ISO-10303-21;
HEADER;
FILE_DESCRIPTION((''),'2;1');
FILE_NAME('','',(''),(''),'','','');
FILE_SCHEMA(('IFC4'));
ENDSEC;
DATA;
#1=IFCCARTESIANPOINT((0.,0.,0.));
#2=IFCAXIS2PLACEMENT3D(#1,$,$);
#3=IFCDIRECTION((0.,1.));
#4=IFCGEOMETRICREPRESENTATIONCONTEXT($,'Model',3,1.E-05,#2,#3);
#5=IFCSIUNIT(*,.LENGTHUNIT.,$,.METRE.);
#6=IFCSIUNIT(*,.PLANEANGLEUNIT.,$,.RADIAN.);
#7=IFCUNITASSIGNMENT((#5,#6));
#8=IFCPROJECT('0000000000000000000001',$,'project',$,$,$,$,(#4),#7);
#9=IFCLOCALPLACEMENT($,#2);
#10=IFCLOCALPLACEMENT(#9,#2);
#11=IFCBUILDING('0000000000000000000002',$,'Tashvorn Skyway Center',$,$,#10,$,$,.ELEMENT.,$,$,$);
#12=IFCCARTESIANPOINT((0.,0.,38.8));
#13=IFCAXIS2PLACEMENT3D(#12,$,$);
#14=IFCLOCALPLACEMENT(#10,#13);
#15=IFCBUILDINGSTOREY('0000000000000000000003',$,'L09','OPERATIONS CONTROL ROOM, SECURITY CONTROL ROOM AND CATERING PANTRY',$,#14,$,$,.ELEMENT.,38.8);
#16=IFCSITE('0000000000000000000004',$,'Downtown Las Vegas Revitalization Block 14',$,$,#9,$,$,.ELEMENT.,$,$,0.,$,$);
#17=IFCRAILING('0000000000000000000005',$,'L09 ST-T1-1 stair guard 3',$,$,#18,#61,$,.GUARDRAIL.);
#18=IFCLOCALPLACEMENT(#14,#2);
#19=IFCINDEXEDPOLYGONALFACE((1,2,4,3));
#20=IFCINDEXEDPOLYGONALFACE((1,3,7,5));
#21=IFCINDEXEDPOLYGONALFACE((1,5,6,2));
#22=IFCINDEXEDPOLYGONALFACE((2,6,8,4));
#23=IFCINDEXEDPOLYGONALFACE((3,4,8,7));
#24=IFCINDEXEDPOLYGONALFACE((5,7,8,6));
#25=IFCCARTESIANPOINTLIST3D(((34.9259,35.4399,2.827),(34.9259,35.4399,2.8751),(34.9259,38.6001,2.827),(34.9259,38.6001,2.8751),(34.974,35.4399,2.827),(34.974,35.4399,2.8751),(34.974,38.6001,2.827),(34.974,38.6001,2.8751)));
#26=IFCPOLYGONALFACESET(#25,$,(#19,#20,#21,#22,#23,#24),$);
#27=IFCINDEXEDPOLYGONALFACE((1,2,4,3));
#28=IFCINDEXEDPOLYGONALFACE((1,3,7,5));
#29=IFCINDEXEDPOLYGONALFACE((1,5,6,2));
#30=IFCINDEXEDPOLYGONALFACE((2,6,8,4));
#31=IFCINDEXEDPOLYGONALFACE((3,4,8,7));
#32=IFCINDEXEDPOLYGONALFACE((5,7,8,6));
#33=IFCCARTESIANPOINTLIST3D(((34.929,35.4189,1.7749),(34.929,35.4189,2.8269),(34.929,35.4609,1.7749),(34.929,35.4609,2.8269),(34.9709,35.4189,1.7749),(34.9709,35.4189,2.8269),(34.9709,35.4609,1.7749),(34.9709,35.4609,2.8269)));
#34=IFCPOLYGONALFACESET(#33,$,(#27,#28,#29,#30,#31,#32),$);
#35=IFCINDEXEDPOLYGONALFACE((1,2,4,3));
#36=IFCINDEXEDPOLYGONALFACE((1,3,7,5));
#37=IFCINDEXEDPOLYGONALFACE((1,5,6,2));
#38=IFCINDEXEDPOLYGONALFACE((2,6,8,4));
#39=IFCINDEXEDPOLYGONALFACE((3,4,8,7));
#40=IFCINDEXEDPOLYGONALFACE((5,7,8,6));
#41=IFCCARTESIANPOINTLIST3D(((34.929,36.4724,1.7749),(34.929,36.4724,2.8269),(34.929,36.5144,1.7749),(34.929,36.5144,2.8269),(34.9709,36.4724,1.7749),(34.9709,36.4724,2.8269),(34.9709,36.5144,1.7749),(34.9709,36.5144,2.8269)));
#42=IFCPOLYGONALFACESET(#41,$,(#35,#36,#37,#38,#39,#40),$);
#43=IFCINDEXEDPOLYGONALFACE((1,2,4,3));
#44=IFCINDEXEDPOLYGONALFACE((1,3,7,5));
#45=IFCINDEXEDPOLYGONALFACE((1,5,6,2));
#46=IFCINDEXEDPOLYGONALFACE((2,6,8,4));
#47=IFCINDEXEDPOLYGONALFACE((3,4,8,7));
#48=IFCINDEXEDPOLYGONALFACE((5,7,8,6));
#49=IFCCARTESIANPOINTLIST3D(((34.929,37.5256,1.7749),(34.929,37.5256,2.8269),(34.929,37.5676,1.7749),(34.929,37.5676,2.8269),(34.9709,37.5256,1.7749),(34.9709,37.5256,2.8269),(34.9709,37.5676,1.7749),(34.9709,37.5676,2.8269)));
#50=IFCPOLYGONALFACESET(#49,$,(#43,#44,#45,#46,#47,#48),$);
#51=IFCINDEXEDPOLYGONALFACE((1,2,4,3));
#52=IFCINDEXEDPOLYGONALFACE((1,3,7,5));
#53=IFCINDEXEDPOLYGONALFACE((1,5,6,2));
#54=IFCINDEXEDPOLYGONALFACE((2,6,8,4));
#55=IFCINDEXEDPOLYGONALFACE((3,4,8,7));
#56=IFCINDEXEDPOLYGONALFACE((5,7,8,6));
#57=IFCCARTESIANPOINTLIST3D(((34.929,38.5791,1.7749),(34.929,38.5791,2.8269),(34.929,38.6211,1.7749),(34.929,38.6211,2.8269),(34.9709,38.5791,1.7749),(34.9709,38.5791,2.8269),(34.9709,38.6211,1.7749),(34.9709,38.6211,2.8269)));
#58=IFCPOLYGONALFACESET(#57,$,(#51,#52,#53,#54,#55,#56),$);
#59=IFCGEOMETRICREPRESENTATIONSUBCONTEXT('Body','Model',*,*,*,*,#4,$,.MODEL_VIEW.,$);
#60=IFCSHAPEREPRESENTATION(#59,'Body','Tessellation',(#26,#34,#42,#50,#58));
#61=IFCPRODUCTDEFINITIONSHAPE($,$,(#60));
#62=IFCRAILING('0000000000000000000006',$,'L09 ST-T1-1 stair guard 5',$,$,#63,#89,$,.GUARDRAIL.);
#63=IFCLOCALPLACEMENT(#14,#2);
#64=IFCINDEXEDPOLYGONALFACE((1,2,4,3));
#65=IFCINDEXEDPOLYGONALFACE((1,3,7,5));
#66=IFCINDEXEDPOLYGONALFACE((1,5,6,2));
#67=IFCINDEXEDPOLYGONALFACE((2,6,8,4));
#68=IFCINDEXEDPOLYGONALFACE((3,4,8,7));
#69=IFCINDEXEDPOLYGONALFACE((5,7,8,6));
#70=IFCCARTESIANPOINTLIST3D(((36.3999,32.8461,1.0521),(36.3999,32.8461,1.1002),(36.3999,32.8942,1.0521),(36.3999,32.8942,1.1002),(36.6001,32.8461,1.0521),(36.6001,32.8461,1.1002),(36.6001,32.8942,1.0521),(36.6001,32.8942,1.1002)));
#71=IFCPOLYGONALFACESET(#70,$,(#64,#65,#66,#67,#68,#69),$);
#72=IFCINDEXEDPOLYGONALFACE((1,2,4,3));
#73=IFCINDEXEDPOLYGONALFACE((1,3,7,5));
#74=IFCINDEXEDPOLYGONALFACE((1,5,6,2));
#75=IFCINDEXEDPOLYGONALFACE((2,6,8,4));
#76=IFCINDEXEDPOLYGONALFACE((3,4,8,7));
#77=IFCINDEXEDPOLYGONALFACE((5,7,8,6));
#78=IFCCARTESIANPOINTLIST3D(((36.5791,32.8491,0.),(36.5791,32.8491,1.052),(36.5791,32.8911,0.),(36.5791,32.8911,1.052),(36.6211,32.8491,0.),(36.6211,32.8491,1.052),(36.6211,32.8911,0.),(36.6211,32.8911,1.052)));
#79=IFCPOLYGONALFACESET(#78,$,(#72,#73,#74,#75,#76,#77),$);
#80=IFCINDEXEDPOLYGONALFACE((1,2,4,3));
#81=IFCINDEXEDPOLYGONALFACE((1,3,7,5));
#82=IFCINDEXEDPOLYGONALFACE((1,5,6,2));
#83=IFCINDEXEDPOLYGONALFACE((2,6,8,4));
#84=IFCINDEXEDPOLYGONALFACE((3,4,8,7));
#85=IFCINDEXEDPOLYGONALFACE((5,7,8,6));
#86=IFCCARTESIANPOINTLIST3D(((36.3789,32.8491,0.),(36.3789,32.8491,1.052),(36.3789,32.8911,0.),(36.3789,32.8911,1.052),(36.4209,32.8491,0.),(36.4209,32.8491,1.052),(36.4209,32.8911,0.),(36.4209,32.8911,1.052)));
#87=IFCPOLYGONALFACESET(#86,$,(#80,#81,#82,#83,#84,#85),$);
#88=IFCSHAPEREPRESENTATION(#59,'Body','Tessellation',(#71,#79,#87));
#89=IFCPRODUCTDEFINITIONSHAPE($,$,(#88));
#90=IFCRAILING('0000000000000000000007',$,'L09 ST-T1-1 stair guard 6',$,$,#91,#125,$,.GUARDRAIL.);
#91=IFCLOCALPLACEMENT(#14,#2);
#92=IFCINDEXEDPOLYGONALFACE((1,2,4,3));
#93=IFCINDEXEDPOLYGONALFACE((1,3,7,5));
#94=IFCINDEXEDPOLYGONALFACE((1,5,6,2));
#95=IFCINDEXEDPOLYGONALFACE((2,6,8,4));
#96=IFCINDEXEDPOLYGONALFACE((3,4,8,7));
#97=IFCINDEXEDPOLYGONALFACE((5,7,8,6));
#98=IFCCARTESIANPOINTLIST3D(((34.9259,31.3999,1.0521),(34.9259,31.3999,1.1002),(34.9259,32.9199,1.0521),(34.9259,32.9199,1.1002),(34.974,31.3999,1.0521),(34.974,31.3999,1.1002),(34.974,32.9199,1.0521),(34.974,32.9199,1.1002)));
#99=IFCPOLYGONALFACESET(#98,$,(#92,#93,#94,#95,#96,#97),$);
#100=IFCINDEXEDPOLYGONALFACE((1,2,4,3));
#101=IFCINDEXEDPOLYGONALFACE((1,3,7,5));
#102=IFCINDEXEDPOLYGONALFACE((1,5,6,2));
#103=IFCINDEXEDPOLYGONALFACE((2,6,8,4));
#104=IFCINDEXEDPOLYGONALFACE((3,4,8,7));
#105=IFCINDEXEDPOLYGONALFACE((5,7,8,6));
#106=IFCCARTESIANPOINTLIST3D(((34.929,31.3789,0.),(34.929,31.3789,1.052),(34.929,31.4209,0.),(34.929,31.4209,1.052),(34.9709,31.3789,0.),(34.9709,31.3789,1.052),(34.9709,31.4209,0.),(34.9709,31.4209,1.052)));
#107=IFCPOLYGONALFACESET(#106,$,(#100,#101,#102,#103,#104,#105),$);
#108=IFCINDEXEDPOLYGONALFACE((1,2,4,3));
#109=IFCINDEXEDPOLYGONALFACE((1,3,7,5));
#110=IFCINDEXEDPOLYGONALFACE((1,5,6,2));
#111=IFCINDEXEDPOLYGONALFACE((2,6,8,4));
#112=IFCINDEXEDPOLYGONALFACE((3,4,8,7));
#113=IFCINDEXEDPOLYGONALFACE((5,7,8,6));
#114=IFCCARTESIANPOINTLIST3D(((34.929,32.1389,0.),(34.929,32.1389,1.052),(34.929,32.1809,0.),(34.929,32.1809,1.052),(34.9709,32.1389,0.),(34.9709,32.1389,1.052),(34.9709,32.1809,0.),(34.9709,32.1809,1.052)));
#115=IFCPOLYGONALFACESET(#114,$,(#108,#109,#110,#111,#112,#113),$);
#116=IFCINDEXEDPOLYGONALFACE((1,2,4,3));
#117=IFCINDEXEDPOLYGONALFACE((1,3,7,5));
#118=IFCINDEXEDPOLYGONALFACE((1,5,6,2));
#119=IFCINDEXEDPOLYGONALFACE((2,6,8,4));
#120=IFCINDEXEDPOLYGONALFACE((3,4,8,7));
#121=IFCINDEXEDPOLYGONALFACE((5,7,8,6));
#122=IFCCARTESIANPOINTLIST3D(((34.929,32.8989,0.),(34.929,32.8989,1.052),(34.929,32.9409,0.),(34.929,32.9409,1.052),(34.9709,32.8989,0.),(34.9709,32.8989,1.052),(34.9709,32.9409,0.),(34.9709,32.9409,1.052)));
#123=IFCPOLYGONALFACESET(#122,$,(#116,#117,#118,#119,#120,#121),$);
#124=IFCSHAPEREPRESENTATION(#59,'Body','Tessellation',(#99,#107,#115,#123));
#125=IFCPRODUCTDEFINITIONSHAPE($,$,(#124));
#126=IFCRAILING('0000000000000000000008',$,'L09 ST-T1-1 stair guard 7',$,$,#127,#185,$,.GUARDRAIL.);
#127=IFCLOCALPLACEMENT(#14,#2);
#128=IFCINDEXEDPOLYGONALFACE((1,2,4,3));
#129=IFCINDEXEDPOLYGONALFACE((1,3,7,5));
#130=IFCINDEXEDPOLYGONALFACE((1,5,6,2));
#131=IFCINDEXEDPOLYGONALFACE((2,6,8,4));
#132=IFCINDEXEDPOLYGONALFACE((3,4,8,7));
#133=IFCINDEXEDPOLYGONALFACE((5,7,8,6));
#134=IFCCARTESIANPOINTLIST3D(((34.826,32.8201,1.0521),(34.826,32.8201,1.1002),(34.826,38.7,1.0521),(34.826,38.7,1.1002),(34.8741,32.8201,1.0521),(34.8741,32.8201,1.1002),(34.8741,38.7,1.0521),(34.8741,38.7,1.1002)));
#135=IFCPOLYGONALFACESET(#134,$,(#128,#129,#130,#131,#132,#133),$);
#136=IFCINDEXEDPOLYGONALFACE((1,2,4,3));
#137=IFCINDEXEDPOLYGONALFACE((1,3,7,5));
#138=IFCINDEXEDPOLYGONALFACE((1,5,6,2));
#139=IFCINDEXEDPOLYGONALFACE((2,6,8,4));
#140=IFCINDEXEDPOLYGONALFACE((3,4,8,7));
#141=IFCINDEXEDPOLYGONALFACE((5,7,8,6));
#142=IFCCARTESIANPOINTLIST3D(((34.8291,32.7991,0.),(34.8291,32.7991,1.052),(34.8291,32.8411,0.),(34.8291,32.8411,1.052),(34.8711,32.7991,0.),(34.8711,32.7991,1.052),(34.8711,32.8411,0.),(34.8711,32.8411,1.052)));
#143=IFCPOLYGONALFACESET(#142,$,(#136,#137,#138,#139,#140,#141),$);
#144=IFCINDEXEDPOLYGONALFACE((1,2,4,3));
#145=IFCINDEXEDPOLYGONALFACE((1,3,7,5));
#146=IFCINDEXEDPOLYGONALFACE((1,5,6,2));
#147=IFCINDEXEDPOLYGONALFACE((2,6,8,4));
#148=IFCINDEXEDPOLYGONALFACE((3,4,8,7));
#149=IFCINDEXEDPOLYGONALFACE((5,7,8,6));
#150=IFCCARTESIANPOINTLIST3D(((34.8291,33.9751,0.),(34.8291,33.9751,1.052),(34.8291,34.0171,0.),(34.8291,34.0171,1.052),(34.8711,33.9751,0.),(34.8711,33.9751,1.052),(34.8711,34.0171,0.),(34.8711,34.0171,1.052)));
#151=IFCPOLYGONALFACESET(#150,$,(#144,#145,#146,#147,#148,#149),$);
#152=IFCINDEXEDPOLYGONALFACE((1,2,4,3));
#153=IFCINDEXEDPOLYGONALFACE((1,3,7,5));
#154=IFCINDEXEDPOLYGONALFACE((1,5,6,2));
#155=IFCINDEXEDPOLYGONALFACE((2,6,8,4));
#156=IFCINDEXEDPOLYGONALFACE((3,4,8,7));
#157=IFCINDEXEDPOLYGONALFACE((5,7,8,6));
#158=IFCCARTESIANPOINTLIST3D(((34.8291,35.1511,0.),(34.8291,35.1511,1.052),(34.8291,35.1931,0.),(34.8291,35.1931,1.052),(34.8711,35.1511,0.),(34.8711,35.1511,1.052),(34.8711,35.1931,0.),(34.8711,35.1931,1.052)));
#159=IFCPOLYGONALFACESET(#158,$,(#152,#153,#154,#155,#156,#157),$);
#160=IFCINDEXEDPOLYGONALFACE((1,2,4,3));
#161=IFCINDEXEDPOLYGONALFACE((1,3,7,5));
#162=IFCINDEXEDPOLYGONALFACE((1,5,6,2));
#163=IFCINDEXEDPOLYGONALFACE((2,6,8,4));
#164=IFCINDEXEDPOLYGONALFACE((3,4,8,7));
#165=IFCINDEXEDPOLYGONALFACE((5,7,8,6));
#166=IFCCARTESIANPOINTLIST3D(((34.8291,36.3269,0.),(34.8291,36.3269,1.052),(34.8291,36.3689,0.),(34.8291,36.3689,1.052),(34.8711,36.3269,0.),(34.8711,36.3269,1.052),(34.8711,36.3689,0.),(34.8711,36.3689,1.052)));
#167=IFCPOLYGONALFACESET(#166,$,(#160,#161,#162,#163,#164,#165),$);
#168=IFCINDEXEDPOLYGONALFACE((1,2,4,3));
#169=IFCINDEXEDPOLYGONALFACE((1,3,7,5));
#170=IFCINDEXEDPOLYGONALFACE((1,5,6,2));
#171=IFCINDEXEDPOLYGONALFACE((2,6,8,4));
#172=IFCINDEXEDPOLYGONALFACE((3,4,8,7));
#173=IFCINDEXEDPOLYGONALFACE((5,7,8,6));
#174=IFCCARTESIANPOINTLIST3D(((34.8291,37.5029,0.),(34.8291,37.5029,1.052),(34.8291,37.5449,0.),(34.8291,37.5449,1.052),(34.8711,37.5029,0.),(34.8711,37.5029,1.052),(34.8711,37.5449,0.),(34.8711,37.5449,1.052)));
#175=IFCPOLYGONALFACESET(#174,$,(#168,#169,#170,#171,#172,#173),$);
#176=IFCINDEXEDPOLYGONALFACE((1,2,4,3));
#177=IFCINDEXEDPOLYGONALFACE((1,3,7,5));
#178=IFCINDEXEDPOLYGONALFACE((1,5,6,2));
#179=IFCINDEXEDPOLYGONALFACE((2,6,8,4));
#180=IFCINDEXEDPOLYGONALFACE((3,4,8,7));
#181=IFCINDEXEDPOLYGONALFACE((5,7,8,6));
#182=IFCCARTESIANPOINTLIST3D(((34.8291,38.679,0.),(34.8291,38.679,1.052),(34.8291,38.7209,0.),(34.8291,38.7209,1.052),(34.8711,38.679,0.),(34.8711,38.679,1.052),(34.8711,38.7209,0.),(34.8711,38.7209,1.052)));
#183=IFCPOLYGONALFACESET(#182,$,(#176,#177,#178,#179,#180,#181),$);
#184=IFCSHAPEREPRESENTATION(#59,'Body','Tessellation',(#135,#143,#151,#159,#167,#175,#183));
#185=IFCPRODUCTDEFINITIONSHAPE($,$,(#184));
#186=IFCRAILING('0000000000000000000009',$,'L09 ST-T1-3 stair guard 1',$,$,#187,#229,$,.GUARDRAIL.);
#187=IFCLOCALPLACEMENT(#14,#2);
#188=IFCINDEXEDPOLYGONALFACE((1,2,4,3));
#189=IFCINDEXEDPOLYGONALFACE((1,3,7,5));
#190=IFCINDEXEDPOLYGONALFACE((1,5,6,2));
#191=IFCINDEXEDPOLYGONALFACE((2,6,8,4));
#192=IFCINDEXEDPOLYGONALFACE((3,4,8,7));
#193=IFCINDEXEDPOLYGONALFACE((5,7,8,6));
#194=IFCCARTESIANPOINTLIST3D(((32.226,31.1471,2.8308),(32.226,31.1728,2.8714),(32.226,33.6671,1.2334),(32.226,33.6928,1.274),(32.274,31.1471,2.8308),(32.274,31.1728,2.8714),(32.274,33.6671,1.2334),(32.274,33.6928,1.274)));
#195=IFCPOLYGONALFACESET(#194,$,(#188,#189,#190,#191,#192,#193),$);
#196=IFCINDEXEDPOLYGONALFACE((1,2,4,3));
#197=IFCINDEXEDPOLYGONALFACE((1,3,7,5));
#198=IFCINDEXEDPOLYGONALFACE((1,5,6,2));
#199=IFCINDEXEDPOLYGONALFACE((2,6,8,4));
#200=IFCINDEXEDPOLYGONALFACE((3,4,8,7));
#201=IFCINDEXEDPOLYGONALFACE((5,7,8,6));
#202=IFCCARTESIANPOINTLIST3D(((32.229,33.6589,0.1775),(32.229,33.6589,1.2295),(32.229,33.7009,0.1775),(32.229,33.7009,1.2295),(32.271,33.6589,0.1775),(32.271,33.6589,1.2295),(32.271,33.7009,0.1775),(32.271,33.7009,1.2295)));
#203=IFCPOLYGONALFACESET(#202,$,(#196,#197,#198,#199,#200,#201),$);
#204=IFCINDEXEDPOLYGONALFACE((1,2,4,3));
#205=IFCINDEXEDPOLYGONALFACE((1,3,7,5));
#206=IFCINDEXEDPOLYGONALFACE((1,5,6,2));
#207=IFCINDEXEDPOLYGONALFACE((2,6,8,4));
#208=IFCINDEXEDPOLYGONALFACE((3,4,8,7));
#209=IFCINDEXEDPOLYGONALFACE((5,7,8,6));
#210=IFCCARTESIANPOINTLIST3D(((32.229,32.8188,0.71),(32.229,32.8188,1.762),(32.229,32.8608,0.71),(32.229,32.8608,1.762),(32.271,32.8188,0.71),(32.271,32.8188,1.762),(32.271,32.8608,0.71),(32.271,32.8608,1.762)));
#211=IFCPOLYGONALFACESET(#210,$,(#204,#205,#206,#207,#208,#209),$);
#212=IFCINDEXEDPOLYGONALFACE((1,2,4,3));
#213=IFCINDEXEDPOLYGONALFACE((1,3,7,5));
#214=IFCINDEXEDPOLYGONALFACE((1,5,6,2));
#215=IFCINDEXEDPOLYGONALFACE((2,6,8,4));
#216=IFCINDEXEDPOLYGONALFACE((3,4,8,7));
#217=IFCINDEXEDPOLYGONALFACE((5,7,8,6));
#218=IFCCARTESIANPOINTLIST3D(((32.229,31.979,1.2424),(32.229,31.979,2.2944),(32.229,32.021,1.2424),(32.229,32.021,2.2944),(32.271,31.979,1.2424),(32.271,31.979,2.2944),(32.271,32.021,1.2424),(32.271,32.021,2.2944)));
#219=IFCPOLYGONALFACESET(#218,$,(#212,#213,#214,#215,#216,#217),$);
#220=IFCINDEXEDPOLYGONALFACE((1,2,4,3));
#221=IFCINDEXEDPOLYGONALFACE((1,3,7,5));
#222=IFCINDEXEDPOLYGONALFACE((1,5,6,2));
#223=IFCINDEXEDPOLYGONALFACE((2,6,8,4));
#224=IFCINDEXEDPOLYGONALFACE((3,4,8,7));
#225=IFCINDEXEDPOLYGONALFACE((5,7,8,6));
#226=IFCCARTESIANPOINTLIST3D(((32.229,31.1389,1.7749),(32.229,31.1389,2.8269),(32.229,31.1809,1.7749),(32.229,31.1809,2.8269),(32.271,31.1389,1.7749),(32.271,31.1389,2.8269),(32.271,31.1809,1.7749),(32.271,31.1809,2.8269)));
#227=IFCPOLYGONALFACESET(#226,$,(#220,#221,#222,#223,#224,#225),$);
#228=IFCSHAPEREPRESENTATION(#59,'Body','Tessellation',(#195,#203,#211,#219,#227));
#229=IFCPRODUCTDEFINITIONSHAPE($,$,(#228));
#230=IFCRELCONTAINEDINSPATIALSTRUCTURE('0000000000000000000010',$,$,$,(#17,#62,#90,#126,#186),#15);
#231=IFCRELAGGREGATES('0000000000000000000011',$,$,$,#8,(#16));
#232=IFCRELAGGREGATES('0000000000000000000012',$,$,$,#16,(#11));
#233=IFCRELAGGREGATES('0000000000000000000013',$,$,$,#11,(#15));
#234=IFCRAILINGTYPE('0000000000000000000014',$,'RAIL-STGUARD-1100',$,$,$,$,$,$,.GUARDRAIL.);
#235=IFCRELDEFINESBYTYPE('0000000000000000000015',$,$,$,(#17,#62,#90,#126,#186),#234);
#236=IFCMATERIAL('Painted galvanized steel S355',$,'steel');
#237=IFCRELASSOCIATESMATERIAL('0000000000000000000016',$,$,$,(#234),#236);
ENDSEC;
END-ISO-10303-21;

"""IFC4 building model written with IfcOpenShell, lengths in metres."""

from ifc_helpers import new_model, si_unit, direction, frame, origin, origin_2d, place, context, subcontext, project, spatial, rectangle, extrude, material, type_object, element, save


model = new_model("IFC4")

# Units and contexts
model_context = context("Model", 3, precision=1e-05, world=origin(), true_north=direction((0.0, 1.0)))
body_context = subcontext(model_context, "Body", "Model", "MODEL_VIEW")
ifc_project = project(units=[si_unit("LENGTHUNIT", "METRE"), si_unit("PLANEANGLEUNIT", "RADIAN")], contexts=[model_context])

# Site, building, storey
site_placement = place(None, origin())
site = spatial("IfcSite", under=ifc_project, at=site_placement, Name="Downtown Las Vegas Revitalization Block 14", CompositionType="ELEMENT", RefElevation=0.0)
building_placement = place(site_placement, origin())
building = spatial("IfcBuilding", under=site, at=building_placement, Name="Tashvorn Skyway Center", CompositionType="ELEMENT")
storey_placement = place(building_placement, frame((0.0, 0.0, 38.8)))
storey = spatial("IfcBuildingStorey", under=building, at=storey_placement, Name="L09", Description="OPERATIONS CONTROL ROOM, SECURITY CONTROL ROOM AND CATERING PANTRY", CompositionType="ELEMENT", Elevation=38.8)

# Railings
ifc_material_1 = material(Name="Painted galvanized steel S355", Category="steel")
railing_type_1 = type_object("IfcRailingType", Name="RAIL-STGUARD-1100", PredefinedType="GUARDRAIL", material=ifc_material_1)
railing_1_placement = place(storey_placement, frame((34.95, 35.4399, 1.7749)))
element("IfcRailing", 1, at=railing_1_placement, inside=storey, type_object=railing_type_1, Name="L09 ST-T1-1 stair guard 3", PredefinedType="GUARDRAIL", context=body_context, shape_type="SweptSolid", body=[
    extrude(rectangle(XDim=0.0481, YDim=0.0481, at=origin_2d()), frame((0.0, 0.0, 1.0762), z_axis=(0.0, 1.0, 0.0), x_axis=(-1.0, 0.0, 0.0)), (0.0, 0.0, 1.0), 3.1602),
    extrude(rectangle(XDim=0.042, YDim=0.042, at=origin_2d()), origin(), (0.0, 0.0, 1.0), 1.052),
    extrude(rectangle(XDim=0.042, YDim=0.042, at=origin_2d()), frame((0.0, 1.0535, 0.0)), (0.0, 0.0, 1.0), 1.052),
    extrude(rectangle(XDim=0.042, YDim=0.042, at=origin_2d()), frame((0.0, 2.1067, 0.0)), (0.0, 0.0, 1.0), 1.052),
    extrude(rectangle(XDim=0.042, YDim=0.042, at=origin_2d()), frame((0.0, 3.1602, 0.0)), (0.0, 0.0, 1.0), 1.052),
])
railing_2_placement = place(storey_placement, frame((36.6001, 32.8701, 0.0)))
element("IfcRailing", 2, at=railing_2_placement, inside=storey, type_object=railing_type_1, Name="L09 ST-T1-1 stair guard 5", PredefinedType="GUARDRAIL", context=body_context, shape_type="SweptSolid", body=[
    extrude(rectangle(XDim=0.0481, YDim=0.0481, at=origin_2d()), frame((0.0, 0.0, 1.0762), z_axis=(-1.0, 0.0, 0.0), x_axis=(0.0, -1.0, 0.0)), (0.0, 0.0, 1.0), 0.2002),
    extrude(rectangle(XDim=0.042, YDim=0.042, at=origin_2d()), origin(), (0.0, 0.0, 1.0), 1.052),
    extrude(rectangle(XDim=0.042, YDim=0.042, at=origin_2d()), frame((-0.2002, 0.0, 0.0)), (0.0, 0.0, 1.0), 1.052),
])
railing_3_placement = place(storey_placement, frame((34.95, 31.3999, 0.0)))
element("IfcRailing", 3, at=railing_3_placement, inside=storey, type_object=railing_type_1, Name="L09 ST-T1-1 stair guard 6", PredefinedType="GUARDRAIL", context=body_context, shape_type="SweptSolid", body=[
    extrude(rectangle(XDim=0.0481, YDim=0.0481, at=origin_2d()), frame((0.0, 0.0, 1.0762), z_axis=(0.0, 1.0, 0.0), x_axis=(-1.0, 0.0, 0.0)), (0.0, 0.0, 1.0), 1.52),
    extrude(rectangle(XDim=0.042, YDim=0.042, at=origin_2d()), origin(), (0.0, 0.0, 1.0), 1.052),
    extrude(rectangle(XDim=0.042, YDim=0.042, at=origin_2d()), frame((0.0, 0.76, 0.0)), (0.0, 0.0, 1.0), 1.052),
    extrude(rectangle(XDim=0.042, YDim=0.042, at=origin_2d()), frame((0.0, 1.52, 0.0)), (0.0, 0.0, 1.0), 1.052),
])
railing_4_placement = place(storey_placement, frame((34.8501, 32.8201, 0.0)))
element("IfcRailing", 4, at=railing_4_placement, inside=storey, type_object=railing_type_1, Name="L09 ST-T1-1 stair guard 7", PredefinedType="GUARDRAIL", context=body_context, shape_type="SweptSolid", body=[
    extrude(rectangle(XDim=0.0481, YDim=0.0481, at=origin_2d()), frame((0.0, 0.0, 1.0762), z_axis=(0.0, 1.0, 0.0), x_axis=(-1.0, 0.0, 0.0)), (0.0, 0.0, 1.0), 5.8799),
    extrude(rectangle(XDim=0.042, YDim=0.042, at=origin_2d()), origin(), (0.0, 0.0, 1.0), 1.052),
    extrude(rectangle(XDim=0.042, YDim=0.042, at=origin_2d()), frame((0.0, 1.176, 0.0)), (0.0, 0.0, 1.0), 1.052),
    extrude(rectangle(XDim=0.042, YDim=0.042, at=origin_2d()), frame((0.0, 2.3521, 0.0)), (0.0, 0.0, 1.0), 1.052),
    extrude(rectangle(XDim=0.042, YDim=0.042, at=origin_2d()), frame((0.0, 3.5278, 0.0)), (0.0, 0.0, 1.0), 1.052),
    extrude(rectangle(XDim=0.042, YDim=0.042, at=origin_2d()), frame((0.0, 4.7039, 0.0)), (0.0, 0.0, 1.0), 1.052),
    extrude(rectangle(XDim=0.042, YDim=0.042, at=origin_2d()), frame((0.0, 5.8799, 0.0)), (0.0, 0.0, 1.0), 1.052),
])
railing_5_placement = place(storey_placement, frame((32.25, 33.6799, 0.1775)))
element("IfcRailing", 5, at=railing_5_placement, inside=storey, type_object=railing_type_1, Name="L09 ST-T1-3 stair guard 1", PredefinedType="GUARDRAIL", context=body_context, shape_type="SweptSolid", body=[
    extrude(rectangle(XDim=0.0481, YDim=0.0481, at=origin_2d()), frame((0.0, 0.0, 1.0762), z_axis=(0.0, -0.844607, 0.535387), x_axis=(1.0, 0.0, 0.0)), (0.0, 0.0, 1.0), 2.9836),
    extrude(rectangle(XDim=0.042, YDim=0.042, at=origin_2d()), origin(), (0.0, 0.0, 1.0), 1.052),
    extrude(rectangle(XDim=0.042, YDim=0.042, at=origin_2d()), frame((0.0, -0.8401, 0.5325)), (0.0, 0.0, 1.0), 1.052),
    extrude(rectangle(XDim=0.042, YDim=0.042, at=origin_2d()), frame((0.0, -1.6799, 1.0649)), (0.0, 0.0, 1.0), 1.052),
    extrude(rectangle(XDim=0.042, YDim=0.042, at=origin_2d()), frame((0.0, -2.52, 1.5974)), (0.0, 0.0, 1.0), 1.052),
])

save(model, "model.ifc")
